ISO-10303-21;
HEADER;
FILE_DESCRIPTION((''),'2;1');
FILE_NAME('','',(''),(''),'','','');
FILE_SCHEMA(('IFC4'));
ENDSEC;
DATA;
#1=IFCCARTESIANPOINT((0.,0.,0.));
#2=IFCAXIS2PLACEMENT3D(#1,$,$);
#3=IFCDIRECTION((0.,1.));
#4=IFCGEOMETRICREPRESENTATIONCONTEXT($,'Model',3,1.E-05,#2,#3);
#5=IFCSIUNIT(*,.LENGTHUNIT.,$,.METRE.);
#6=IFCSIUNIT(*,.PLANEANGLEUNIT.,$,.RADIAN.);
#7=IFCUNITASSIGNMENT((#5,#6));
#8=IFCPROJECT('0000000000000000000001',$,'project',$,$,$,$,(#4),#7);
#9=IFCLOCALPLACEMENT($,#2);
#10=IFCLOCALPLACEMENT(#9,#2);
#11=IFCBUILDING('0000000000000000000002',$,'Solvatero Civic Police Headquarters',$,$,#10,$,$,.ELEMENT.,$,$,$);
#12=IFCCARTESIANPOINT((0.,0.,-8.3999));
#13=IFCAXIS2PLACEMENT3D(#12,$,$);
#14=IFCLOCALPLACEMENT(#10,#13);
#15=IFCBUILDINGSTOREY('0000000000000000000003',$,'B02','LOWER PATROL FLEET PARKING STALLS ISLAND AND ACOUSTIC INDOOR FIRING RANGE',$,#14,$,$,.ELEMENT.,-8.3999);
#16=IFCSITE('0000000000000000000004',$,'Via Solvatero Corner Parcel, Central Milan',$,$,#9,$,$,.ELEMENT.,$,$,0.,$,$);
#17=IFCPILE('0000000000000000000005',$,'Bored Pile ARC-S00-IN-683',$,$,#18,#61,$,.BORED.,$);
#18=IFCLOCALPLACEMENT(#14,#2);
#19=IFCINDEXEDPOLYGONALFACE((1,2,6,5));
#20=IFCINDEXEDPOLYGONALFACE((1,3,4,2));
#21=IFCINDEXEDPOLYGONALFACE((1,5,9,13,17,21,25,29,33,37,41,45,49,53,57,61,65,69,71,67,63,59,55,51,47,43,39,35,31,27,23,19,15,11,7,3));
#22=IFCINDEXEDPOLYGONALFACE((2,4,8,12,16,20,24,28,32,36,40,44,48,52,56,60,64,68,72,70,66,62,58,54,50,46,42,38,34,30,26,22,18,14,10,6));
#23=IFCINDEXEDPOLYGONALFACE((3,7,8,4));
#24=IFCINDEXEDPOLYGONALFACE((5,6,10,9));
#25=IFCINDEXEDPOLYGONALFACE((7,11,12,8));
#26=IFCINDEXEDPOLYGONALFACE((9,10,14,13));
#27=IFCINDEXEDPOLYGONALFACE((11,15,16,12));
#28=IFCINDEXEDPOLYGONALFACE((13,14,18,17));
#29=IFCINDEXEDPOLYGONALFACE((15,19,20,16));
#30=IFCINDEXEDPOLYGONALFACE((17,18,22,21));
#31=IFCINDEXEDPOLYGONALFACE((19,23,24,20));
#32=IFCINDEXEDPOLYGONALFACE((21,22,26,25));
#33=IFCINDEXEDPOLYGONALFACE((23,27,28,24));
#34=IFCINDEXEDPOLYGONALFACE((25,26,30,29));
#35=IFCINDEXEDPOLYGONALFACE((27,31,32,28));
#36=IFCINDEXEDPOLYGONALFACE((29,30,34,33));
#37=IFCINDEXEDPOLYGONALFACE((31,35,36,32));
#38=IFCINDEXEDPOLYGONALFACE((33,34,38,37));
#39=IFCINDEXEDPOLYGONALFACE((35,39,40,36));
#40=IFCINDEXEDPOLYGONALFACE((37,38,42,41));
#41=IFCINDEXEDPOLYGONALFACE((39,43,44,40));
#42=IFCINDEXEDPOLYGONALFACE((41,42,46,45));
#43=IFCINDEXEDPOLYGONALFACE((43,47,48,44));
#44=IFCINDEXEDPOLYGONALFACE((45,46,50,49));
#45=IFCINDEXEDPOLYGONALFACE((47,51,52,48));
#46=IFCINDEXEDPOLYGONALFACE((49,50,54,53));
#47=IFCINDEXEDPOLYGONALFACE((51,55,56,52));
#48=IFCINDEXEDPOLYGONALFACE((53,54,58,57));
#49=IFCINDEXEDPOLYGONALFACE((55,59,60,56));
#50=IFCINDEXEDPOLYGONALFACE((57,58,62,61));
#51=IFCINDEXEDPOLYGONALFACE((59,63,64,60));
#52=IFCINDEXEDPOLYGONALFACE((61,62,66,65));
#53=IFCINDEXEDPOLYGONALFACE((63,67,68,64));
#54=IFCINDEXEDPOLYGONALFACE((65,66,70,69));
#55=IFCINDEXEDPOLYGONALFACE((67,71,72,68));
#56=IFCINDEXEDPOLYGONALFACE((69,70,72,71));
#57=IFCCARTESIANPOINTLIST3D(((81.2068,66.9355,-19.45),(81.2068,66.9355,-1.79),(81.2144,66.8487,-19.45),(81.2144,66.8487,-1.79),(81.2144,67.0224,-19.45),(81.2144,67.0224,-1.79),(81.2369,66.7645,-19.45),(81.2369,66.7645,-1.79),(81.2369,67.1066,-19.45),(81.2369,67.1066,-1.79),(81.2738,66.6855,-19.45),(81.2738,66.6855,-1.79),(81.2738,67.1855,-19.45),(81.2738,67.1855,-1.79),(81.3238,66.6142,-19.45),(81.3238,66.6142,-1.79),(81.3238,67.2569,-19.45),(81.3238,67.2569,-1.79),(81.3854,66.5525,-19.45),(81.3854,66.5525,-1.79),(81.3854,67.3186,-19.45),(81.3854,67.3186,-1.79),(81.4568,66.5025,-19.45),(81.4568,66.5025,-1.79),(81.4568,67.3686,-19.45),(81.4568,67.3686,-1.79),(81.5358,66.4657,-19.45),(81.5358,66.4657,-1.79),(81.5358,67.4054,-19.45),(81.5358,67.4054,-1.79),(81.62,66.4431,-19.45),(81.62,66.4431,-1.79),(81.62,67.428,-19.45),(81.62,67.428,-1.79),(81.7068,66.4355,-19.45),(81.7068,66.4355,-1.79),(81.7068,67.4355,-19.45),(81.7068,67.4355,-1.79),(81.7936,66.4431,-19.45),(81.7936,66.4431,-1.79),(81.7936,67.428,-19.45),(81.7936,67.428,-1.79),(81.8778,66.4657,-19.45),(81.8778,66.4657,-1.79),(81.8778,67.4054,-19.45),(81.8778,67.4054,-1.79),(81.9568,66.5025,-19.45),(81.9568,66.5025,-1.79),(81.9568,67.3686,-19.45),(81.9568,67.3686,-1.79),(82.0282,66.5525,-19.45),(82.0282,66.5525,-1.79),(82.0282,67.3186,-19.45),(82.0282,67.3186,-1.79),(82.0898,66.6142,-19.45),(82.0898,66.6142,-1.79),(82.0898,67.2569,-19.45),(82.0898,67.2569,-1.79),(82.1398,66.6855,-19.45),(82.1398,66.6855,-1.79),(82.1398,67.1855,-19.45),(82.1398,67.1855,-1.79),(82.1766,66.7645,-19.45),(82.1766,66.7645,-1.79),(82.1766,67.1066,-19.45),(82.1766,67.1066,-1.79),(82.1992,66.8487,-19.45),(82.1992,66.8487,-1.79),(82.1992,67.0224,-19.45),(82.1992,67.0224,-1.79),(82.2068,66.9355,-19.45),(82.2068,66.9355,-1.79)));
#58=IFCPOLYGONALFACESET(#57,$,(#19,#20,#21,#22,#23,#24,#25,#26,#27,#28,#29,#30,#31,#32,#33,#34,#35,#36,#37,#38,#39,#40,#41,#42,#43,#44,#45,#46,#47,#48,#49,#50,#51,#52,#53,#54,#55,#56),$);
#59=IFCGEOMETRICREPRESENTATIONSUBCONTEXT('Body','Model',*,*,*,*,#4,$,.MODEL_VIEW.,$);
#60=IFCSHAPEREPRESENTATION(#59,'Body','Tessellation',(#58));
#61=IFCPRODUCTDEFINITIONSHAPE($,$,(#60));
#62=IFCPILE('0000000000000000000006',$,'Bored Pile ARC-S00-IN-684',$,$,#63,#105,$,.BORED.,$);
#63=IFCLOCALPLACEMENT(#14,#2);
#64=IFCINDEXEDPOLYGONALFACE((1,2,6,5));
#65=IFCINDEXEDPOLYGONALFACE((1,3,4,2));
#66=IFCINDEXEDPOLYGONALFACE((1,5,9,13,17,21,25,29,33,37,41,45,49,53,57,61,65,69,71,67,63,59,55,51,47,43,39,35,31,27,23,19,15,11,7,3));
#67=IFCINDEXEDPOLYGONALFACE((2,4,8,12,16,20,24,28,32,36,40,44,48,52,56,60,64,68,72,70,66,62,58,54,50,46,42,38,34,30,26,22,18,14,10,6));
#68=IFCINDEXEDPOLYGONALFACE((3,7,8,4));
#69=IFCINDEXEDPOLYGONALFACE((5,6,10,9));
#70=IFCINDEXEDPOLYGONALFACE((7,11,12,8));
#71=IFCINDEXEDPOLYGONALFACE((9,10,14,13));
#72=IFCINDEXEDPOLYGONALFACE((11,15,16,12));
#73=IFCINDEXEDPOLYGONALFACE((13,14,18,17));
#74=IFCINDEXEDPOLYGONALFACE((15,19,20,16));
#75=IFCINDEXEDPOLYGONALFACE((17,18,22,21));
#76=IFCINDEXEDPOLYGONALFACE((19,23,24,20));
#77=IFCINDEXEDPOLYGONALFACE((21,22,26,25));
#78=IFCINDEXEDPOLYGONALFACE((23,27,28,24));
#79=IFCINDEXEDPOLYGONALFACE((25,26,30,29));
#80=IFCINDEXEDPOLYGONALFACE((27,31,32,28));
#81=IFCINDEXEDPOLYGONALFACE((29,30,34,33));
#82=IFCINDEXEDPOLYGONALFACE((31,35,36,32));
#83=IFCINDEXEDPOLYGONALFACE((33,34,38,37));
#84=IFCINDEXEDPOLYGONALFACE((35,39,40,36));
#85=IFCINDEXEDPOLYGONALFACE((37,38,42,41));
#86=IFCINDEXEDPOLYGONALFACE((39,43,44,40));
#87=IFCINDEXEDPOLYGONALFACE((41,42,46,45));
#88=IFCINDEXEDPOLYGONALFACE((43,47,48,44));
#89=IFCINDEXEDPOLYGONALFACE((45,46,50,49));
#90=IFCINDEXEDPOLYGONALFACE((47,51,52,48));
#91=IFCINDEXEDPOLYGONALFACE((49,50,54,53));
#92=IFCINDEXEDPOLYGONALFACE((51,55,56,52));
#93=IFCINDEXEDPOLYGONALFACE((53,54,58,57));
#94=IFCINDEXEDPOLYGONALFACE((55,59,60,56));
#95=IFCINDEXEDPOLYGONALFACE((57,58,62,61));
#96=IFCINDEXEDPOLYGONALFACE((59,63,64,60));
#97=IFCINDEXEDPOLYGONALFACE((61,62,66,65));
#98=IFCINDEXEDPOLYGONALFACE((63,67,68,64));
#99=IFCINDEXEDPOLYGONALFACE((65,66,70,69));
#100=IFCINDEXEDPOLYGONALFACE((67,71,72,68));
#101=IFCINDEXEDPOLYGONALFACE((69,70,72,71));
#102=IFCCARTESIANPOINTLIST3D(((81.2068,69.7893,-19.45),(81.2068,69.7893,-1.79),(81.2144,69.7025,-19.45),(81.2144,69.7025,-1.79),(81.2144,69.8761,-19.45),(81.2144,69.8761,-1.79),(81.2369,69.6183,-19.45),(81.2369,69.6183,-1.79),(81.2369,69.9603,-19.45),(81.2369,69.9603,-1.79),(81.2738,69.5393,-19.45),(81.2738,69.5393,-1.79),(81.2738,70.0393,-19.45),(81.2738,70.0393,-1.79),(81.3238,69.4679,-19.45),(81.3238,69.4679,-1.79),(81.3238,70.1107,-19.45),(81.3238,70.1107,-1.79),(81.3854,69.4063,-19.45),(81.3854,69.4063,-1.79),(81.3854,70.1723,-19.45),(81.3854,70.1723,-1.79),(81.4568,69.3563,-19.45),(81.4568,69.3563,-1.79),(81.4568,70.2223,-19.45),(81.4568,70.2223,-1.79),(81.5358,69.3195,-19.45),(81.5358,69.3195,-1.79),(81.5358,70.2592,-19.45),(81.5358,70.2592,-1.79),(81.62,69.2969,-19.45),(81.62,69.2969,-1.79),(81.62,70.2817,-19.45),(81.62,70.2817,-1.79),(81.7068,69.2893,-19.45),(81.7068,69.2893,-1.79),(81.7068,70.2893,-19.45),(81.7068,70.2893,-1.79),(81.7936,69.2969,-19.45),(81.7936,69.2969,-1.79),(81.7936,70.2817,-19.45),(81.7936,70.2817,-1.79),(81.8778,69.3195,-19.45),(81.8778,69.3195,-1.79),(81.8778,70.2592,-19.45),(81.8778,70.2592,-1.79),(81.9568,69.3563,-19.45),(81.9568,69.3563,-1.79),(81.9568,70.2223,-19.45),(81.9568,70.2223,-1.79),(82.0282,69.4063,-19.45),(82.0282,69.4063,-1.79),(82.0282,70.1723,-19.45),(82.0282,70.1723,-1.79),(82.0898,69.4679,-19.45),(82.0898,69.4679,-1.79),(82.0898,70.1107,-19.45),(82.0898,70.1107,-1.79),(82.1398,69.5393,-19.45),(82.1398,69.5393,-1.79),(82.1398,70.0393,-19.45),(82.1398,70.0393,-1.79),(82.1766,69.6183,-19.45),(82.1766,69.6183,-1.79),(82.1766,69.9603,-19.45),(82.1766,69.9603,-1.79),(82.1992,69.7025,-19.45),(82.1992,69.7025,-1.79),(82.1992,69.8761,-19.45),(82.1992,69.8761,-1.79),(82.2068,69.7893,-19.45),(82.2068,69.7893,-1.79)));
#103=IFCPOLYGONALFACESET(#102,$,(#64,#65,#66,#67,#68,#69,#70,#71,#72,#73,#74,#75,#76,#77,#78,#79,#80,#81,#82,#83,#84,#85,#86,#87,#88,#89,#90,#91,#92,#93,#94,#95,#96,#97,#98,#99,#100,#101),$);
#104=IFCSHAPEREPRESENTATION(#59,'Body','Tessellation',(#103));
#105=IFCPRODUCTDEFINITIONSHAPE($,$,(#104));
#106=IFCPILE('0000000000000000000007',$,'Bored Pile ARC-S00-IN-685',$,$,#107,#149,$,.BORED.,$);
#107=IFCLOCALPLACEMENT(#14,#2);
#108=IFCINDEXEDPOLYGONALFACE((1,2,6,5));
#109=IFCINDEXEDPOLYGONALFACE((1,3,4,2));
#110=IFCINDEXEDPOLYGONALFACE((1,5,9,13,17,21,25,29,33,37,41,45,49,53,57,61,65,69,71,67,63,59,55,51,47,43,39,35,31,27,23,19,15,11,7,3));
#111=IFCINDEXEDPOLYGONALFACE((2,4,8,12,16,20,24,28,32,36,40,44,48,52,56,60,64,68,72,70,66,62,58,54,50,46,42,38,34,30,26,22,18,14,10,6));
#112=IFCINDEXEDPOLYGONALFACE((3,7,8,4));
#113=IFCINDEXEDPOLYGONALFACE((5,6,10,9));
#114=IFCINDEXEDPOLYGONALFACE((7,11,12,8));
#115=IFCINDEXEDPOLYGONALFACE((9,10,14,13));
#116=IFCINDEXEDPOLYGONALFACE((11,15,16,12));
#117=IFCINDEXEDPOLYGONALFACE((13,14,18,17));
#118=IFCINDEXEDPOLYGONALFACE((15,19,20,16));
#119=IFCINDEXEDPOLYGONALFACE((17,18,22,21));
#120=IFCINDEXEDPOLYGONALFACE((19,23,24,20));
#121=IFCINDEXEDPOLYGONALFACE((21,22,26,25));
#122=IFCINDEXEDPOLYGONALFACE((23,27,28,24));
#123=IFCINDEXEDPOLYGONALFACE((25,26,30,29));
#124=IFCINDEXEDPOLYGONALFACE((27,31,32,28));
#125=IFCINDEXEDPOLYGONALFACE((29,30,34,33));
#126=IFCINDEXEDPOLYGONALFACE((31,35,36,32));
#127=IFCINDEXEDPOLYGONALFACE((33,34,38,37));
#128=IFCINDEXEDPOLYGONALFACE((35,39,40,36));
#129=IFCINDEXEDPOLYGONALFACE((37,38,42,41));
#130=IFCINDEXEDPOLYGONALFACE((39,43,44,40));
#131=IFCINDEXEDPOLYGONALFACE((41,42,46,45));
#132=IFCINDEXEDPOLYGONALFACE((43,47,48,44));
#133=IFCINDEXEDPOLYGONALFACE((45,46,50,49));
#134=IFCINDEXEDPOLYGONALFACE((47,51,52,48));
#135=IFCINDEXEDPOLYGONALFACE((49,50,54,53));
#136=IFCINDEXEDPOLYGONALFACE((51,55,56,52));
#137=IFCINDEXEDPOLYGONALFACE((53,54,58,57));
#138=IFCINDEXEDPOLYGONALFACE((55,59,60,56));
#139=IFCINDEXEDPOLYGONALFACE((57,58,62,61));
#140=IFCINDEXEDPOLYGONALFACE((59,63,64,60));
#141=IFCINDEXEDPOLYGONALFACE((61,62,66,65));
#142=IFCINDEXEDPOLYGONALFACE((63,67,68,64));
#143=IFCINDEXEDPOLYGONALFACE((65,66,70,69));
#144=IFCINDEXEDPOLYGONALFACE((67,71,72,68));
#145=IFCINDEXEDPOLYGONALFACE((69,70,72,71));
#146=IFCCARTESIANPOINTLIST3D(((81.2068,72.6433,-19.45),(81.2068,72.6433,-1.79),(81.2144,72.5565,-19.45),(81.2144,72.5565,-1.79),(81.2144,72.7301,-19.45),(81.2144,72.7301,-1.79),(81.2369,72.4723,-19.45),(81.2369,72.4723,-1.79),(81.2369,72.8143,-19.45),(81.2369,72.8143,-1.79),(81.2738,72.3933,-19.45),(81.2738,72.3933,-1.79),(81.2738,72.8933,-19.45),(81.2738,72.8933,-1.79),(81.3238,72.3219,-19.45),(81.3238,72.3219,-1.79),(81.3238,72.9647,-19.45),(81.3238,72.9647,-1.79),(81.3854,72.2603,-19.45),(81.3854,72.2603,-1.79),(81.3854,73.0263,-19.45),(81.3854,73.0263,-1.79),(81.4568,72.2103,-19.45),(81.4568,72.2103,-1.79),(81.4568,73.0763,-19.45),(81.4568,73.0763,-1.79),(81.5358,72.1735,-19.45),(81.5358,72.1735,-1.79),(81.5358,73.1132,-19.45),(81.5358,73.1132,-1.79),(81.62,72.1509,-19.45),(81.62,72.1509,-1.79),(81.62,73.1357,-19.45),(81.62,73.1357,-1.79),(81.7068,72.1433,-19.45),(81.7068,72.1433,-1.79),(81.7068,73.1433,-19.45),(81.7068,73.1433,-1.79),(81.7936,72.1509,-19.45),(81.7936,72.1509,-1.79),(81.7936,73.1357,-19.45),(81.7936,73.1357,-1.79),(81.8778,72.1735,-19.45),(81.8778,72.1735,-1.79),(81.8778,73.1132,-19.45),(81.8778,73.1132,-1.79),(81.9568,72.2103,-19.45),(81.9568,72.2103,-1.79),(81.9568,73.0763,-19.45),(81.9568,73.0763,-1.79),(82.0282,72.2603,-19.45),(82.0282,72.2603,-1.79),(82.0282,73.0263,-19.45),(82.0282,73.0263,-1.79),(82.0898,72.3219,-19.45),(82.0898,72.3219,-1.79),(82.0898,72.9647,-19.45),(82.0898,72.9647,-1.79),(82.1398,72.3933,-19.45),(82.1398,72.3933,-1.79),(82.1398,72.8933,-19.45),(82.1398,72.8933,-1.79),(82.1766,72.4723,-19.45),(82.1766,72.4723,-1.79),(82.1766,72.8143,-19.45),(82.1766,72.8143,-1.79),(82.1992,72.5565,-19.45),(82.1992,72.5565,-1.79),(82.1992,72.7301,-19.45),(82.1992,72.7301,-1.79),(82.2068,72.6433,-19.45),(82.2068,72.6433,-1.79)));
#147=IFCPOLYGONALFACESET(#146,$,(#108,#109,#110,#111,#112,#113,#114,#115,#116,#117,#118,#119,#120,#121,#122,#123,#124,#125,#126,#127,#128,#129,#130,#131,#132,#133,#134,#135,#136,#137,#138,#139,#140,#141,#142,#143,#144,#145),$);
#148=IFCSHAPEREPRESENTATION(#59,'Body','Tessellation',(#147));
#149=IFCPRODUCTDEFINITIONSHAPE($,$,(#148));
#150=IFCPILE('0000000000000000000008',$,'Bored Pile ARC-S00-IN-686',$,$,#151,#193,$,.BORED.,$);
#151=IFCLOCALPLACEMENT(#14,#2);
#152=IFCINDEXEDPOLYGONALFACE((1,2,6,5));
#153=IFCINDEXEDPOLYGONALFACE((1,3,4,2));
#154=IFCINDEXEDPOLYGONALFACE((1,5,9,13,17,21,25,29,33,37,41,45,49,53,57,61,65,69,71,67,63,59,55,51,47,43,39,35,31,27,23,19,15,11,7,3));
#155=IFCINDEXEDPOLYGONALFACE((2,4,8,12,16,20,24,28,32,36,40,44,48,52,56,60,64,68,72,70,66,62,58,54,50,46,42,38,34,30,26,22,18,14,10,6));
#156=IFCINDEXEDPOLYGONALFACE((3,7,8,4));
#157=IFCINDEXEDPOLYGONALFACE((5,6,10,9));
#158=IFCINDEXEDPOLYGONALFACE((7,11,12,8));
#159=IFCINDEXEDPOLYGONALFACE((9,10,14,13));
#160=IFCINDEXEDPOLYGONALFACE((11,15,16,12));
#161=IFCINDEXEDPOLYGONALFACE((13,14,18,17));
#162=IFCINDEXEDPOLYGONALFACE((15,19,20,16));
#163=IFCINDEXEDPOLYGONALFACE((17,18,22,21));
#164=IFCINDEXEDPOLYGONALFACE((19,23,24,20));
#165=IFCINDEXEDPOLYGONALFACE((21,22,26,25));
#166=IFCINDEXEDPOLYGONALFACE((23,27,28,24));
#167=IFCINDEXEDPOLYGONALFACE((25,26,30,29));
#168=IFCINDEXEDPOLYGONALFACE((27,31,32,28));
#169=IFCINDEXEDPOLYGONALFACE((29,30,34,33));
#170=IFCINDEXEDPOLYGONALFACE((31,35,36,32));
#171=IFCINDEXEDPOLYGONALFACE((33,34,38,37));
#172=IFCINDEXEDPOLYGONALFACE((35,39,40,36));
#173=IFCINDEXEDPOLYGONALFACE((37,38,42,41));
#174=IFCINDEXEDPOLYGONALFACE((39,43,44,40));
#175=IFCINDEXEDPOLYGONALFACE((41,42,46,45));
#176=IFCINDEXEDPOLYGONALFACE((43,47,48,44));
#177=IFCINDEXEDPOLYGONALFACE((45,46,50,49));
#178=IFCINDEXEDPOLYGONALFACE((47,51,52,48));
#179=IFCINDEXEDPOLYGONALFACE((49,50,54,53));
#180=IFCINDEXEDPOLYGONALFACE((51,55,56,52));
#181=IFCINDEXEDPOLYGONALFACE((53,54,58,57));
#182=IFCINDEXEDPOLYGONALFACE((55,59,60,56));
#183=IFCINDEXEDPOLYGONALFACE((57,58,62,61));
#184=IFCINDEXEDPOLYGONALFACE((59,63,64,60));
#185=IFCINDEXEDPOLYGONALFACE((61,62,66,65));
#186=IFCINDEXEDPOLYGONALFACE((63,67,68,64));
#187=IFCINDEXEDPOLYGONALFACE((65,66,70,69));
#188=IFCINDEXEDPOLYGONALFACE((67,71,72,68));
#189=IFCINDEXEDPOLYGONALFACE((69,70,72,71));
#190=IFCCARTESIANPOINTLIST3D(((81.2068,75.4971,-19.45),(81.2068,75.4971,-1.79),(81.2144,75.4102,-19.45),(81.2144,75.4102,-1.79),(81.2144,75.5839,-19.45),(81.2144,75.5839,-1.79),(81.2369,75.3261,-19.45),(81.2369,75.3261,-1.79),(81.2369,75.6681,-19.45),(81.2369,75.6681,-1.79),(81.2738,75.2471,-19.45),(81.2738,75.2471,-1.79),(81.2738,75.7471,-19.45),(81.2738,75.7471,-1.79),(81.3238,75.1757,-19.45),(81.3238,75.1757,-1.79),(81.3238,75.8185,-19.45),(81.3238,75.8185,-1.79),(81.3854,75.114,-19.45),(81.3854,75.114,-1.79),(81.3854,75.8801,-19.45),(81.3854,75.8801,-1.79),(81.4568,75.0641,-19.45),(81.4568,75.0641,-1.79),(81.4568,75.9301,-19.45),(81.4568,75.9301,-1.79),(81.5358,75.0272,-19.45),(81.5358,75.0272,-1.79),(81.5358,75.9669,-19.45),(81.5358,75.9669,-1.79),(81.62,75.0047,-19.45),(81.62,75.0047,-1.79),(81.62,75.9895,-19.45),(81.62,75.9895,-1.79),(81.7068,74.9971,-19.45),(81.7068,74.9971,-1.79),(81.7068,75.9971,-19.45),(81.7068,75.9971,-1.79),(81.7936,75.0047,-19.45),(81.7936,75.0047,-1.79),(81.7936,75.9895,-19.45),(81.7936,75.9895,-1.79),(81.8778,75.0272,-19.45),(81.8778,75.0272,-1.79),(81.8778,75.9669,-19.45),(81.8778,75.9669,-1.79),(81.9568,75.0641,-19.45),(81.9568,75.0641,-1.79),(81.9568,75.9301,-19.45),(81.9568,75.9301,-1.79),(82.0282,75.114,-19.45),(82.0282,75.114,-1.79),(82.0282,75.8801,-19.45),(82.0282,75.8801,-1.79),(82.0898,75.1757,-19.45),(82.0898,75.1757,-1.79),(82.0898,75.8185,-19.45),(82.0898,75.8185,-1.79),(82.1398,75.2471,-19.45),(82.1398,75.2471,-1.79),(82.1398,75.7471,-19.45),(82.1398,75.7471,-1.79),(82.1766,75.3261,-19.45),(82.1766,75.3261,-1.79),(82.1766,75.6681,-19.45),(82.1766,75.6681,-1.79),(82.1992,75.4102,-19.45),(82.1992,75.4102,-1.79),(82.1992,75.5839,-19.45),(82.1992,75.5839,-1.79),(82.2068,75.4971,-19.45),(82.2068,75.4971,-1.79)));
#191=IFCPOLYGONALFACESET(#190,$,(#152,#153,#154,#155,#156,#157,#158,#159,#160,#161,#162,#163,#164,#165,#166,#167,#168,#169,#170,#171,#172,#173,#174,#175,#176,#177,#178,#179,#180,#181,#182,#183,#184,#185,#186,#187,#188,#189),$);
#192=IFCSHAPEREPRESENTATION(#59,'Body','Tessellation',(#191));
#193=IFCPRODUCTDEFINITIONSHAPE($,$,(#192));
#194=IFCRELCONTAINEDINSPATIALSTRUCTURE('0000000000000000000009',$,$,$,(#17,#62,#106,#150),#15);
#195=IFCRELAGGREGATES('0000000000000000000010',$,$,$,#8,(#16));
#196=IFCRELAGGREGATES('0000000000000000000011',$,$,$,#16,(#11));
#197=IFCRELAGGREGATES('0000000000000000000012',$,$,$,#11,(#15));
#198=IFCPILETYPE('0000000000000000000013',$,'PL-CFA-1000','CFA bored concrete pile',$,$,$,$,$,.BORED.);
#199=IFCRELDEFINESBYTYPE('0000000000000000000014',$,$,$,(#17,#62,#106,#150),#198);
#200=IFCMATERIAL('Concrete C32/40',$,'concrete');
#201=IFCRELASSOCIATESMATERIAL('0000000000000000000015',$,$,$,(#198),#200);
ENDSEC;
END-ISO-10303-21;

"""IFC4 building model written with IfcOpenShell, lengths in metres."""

from ifc_helpers import new_model, si_unit, direction, frame, origin, origin_2d, place, context, subcontext, project, spatial, circle, extrude, material, material_profile, profile_set, type_object, element, save


model = new_model("IFC4")

# Units and contexts
model_context = context("Model", 3, precision=1e-05, world=origin(), true_north=direction((0.0, 1.0)))
body_context = subcontext(model_context, "Body", "Model", "MODEL_VIEW")
ifc_project = project(units=[si_unit("LENGTHUNIT", "METRE"), si_unit("PLANEANGLEUNIT", "RADIAN")], contexts=[model_context])

# Site, building, storey
site_placement = place(None, origin())
site = spatial("IfcSite", under=ifc_project, at=site_placement, Name="Via Solvatero Corner Parcel, Central Milan", CompositionType="ELEMENT", RefElevation=0.0)
building_placement = place(site_placement, origin())
building = spatial("IfcBuilding", under=site, at=building_placement, Name="Solvatero Civic Police Headquarters", CompositionType="ELEMENT")
storey_placement = place(building_placement, frame((0.0, 0.0, -8.3999)))
storey = spatial("IfcBuildingStorey", under=building, at=storey_placement, Name="B02", Description="LOWER PATROL FLEET PARKING STALLS ISLAND AND ACOUSTIC INDOOR FIRING RANGE", CompositionType="ELEMENT", Elevation=-8.3999)

# Piles
ifc_material_1 = material(Name="Concrete C32/40", Category="concrete")
ifc_material_profile_1 = material_profile(ifc_material_1, circle(Radius=0.5, at=origin_2d()), Name="CFA PILE D1000")
ifc_profile_set_1 = profile_set([ifc_material_profile_1], Name="Concrete C32/40")
pile_type = type_object("IfcPileType", Name="PL-CFA-1000", Description="CFA bored concrete pile", PredefinedType="BORED", material=ifc_profile_set_1)
for number, where, z_axis, x_axis, name in (
    (1, (81.7068, 66.9355, -1.79), (0.0, 0.0, -1.0), (1.0, 0.0, 0.0), "Bored Pile ARC-S00-IN-683"),
    (2, (81.7068, 69.7893, -1.79), (0.0, 0.0, -1.0), (1.0, 0.0, 0.0), "Bored Pile ARC-S00-IN-684"),
    (3, (81.7068, 72.6433, -1.79), (0.0, 0.0, -1.0), (1.0, 0.0, 0.0), "Bored Pile ARC-S00-IN-685"),
    (4, (81.7068, 75.4971, -1.79), (0.0, 0.0, -1.0), (1.0, 0.0, 0.0), "Bored Pile ARC-S00-IN-686"),
):
    element("IfcPile", number, at=place(storey_placement, frame(where, z_axis=z_axis, x_axis=x_axis)), inside=storey, type_object=pile_type, Name=name, PredefinedType="BORED", context=body_context, shape_type="SweptSolid", body=[
        extrude(circle(Radius=0.5, at=origin_2d()), origin(), (0.0, 0.0, 1.0), 17.6599),
    ])

save(model, "model.ifc")
